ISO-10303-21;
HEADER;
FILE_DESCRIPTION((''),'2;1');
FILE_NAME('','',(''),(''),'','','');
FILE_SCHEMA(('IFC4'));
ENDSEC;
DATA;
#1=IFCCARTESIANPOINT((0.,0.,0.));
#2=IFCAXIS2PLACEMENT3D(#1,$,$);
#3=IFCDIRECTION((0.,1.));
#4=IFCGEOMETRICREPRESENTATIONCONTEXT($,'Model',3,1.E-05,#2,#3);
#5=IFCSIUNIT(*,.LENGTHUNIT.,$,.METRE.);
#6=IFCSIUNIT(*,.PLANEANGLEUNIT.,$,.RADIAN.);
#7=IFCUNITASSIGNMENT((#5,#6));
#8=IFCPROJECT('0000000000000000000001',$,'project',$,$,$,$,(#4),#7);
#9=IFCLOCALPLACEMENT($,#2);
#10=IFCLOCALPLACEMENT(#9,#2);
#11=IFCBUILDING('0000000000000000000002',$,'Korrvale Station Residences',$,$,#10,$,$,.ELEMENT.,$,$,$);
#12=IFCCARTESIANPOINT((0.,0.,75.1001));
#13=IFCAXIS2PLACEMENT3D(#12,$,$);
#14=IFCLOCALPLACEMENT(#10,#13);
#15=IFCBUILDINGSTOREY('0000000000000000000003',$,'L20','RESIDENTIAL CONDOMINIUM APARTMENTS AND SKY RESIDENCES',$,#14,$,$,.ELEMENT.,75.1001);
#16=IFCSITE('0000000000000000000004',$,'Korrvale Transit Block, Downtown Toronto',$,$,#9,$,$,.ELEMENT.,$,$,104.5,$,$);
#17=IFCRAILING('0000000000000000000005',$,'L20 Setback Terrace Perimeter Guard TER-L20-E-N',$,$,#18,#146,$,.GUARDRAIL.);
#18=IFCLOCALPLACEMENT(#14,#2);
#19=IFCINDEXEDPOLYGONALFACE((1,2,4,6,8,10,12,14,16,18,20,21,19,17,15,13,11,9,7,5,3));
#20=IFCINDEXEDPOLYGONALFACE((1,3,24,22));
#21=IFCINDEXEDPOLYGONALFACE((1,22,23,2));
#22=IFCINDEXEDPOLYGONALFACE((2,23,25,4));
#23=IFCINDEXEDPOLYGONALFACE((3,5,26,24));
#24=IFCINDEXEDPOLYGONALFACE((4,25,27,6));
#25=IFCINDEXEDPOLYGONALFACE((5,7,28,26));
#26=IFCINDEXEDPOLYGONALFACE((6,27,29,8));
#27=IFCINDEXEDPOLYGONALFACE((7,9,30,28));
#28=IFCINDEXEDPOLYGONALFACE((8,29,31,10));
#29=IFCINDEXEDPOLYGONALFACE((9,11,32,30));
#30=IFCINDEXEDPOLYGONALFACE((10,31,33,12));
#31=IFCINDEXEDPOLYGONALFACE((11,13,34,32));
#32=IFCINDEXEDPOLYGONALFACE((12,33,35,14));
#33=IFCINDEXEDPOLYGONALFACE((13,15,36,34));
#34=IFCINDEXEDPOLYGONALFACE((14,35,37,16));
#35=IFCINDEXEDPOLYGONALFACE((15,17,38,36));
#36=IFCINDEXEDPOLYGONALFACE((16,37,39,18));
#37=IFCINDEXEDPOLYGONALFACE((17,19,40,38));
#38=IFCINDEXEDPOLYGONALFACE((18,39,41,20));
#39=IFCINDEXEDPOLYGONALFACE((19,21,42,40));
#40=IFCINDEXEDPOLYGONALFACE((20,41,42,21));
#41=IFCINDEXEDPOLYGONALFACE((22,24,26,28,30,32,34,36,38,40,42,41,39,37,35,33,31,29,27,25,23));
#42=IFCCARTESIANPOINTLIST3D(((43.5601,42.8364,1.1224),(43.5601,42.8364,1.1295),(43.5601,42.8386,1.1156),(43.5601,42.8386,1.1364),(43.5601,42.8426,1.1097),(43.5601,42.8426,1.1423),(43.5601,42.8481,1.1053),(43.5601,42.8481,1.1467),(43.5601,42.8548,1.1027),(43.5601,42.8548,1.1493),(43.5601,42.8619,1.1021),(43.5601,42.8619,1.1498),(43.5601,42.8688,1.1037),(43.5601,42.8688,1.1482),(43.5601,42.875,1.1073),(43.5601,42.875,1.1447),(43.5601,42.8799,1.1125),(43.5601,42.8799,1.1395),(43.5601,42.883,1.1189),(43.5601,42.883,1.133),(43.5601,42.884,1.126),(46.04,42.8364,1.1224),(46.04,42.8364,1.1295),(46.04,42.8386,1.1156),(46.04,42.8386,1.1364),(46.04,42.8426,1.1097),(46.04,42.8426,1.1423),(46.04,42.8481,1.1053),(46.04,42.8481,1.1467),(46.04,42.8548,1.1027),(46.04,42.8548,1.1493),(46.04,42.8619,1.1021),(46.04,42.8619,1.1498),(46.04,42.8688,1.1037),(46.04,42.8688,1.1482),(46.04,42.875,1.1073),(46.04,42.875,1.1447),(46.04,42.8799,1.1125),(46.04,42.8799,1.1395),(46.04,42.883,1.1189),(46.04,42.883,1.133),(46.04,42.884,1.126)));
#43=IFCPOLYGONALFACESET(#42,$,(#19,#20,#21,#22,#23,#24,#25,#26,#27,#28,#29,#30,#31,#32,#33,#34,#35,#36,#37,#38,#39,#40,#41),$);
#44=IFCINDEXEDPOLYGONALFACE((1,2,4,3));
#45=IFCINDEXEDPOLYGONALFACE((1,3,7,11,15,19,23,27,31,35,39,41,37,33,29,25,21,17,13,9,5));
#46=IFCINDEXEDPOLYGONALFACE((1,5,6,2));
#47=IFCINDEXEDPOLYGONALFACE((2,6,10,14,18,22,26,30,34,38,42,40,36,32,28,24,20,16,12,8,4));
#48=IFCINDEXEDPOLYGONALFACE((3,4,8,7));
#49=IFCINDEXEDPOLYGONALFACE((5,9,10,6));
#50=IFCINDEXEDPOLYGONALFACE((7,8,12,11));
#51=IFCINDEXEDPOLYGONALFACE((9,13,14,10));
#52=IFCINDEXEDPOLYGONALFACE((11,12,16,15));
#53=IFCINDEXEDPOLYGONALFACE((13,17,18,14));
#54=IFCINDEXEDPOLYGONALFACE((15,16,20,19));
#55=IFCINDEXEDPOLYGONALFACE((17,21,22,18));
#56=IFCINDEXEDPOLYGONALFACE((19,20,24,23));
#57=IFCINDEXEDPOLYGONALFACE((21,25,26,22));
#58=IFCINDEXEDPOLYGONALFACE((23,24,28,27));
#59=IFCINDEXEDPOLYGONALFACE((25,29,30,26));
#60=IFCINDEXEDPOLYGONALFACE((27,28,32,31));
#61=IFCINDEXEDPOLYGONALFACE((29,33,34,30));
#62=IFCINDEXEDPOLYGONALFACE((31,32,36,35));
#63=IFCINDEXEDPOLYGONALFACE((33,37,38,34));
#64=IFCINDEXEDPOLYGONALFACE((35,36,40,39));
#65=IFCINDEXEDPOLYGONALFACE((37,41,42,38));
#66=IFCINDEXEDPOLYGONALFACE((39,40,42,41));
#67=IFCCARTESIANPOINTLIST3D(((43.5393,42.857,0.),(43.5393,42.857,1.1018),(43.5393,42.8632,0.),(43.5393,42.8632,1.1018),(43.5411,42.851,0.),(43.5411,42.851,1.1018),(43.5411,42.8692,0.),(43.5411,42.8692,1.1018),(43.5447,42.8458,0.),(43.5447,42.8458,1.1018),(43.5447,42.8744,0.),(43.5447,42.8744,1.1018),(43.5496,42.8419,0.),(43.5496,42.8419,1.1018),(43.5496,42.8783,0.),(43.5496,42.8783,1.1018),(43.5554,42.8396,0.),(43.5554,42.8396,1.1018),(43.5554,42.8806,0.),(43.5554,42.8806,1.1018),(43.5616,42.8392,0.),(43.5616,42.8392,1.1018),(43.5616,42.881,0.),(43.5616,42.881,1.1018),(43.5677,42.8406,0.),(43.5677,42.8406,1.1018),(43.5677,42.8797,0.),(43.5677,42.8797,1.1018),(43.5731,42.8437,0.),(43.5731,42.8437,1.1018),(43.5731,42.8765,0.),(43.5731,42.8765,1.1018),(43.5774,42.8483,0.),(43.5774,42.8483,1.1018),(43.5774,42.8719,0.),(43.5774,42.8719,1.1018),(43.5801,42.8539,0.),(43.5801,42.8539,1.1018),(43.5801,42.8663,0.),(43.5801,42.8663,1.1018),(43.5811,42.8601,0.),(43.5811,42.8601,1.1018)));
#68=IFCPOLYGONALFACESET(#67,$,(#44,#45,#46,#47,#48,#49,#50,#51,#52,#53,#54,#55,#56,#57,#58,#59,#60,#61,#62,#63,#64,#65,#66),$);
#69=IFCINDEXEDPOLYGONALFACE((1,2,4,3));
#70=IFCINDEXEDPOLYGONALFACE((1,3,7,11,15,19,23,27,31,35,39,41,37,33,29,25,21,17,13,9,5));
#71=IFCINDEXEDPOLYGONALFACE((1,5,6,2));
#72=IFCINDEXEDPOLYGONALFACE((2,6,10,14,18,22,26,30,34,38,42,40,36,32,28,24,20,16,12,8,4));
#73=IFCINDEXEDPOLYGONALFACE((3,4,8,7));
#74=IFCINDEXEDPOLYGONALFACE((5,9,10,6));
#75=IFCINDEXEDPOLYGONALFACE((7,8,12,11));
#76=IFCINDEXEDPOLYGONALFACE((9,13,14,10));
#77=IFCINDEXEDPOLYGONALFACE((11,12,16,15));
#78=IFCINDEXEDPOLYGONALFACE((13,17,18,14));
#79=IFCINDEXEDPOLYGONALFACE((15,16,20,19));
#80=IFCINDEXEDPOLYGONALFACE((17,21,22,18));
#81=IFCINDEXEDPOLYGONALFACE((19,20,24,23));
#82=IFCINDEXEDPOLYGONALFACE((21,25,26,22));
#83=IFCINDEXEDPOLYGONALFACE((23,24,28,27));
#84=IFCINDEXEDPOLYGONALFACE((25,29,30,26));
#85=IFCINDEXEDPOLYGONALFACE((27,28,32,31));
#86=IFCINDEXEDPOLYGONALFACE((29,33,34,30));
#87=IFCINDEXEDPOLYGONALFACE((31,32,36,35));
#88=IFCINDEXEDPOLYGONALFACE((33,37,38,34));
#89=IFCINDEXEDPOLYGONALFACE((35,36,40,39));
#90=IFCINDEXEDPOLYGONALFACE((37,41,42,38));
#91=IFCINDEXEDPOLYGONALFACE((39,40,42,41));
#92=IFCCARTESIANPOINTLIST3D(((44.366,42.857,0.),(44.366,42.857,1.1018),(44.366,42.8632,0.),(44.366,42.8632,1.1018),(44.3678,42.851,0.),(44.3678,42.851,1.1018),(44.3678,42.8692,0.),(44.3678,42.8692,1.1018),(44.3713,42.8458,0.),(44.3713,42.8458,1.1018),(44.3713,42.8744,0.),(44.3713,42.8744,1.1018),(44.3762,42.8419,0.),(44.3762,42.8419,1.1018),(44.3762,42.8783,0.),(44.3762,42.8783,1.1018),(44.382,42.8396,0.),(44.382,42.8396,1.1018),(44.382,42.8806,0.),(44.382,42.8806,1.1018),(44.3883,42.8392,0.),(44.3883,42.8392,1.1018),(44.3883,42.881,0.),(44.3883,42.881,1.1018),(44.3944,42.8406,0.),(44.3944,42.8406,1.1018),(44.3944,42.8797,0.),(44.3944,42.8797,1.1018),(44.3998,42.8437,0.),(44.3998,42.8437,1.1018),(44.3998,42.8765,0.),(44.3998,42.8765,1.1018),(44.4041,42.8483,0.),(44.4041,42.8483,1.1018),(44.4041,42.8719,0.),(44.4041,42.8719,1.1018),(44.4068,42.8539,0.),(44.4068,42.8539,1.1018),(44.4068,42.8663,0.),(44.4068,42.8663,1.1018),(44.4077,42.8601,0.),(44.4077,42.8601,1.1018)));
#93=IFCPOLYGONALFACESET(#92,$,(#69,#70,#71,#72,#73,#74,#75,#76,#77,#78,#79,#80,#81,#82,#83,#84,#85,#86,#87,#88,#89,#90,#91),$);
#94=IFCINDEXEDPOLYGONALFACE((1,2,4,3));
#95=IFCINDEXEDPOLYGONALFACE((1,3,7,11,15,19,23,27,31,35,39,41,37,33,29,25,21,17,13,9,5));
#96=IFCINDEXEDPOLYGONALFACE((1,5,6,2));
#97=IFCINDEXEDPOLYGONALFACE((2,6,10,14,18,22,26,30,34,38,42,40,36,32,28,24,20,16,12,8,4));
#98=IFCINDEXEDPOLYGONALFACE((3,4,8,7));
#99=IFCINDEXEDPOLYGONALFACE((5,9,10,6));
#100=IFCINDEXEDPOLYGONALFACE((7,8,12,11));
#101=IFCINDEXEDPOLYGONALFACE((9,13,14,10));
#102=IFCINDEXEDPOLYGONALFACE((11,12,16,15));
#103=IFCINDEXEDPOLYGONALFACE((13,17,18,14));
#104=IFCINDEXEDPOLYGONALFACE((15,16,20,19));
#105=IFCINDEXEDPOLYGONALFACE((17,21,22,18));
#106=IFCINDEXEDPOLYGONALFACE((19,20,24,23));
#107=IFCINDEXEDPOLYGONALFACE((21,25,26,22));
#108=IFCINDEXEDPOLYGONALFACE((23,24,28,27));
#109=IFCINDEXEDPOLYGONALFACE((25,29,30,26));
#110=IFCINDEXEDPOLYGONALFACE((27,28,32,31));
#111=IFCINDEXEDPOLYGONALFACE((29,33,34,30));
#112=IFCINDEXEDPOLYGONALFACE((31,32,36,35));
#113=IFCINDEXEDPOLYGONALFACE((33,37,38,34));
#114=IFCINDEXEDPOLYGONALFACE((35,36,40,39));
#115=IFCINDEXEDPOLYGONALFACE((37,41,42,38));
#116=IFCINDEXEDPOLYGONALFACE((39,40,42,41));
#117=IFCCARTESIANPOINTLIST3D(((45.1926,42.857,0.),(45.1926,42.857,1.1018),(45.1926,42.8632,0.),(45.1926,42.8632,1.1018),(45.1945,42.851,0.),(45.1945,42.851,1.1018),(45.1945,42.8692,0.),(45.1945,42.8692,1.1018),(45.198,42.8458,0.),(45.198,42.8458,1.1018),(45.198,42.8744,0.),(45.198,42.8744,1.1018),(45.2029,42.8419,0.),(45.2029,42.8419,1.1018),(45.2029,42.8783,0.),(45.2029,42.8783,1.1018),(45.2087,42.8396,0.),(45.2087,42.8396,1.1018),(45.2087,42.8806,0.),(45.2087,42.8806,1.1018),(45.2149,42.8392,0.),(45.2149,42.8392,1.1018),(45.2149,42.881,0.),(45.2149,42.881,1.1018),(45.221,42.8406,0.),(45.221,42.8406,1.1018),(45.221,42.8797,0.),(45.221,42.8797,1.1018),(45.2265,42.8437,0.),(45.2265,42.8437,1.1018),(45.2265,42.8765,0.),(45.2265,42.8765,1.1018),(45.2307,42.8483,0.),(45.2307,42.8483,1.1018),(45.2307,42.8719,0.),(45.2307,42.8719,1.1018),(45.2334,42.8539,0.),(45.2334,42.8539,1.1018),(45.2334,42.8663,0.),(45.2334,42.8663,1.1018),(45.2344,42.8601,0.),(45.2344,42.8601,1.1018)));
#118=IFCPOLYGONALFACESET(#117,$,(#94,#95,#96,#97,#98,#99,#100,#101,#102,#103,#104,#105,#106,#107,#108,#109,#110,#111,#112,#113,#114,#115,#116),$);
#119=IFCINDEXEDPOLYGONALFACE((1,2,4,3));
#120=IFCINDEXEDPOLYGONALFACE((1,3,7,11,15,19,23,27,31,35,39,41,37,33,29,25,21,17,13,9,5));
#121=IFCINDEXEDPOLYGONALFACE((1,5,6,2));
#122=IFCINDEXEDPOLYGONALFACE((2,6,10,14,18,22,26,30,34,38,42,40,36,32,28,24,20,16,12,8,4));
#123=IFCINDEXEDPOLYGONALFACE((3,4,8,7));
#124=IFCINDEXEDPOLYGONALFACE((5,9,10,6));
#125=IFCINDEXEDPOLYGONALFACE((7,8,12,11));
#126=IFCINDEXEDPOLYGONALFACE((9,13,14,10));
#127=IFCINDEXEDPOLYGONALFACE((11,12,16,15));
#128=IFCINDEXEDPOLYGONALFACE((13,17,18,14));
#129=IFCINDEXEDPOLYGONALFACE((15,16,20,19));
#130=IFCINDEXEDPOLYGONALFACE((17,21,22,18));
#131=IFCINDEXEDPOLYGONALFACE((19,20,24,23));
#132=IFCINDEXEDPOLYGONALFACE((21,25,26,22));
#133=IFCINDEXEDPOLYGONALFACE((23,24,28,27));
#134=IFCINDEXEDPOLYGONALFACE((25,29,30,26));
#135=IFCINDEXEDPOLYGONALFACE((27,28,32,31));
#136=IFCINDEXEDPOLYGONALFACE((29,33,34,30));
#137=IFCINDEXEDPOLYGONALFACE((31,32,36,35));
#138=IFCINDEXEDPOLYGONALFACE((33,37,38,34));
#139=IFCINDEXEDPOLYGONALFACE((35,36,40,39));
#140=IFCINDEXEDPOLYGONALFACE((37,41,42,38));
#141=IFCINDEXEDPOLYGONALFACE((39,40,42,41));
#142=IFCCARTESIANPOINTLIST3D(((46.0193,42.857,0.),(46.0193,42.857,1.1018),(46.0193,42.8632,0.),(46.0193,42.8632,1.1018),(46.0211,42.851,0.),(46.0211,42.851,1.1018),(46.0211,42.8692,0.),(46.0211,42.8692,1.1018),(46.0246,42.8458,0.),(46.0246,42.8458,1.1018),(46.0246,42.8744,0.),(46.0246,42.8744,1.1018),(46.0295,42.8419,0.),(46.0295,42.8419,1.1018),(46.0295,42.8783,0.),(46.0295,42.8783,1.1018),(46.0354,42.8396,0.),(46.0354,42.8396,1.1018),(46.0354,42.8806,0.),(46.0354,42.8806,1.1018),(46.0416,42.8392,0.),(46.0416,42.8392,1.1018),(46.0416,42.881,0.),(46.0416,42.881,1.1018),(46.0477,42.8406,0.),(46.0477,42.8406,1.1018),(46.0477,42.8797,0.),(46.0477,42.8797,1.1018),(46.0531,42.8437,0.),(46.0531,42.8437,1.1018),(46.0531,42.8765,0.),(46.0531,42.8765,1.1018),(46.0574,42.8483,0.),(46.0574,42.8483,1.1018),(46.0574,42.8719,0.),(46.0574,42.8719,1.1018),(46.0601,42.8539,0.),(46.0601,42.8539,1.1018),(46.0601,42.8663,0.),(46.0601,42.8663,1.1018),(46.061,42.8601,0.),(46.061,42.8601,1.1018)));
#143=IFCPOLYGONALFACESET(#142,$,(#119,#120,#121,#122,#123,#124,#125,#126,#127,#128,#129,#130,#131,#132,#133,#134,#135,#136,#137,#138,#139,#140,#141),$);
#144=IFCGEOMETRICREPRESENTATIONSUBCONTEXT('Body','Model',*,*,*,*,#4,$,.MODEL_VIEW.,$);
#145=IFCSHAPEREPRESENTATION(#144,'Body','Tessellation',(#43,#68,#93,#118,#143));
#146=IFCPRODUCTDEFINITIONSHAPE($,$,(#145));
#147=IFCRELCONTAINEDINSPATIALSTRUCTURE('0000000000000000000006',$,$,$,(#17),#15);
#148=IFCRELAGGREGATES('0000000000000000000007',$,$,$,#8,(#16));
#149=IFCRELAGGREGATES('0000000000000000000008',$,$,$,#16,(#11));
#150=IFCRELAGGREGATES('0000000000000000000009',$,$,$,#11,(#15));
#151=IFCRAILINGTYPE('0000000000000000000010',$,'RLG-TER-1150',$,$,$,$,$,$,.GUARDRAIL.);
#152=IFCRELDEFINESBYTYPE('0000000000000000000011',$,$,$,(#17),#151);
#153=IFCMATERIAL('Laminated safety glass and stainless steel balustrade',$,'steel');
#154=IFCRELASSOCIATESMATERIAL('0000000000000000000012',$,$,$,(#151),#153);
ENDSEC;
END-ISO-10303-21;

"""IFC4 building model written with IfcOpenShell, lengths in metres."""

from ifc_helpers import new_model, si_unit, direction, frame, origin, origin_2d, place, context, subcontext, project, spatial, circle, extrude, material, type_object, element, save


model = new_model("IFC4")

# Units and contexts
model_context = context("Model", 3, precision=1e-05, world=origin(), true_north=direction((0.0, 1.0)))
body_context = subcontext(model_context, "Body", "Model", "MODEL_VIEW")
ifc_project = project(units=[si_unit("LENGTHUNIT", "METRE"), si_unit("PLANEANGLEUNIT", "RADIAN")], contexts=[model_context])

# Site, building, storey
site_placement = place(None, origin())
site = spatial("IfcSite", under=ifc_project, at=site_placement, Name="Korrvale Transit Block, Downtown Toronto", CompositionType="ELEMENT", RefElevation=104.5)
building_placement = place(site_placement, origin())
building = spatial("IfcBuilding", under=site, at=building_placement, Name="Korrvale Station Residences", CompositionType="ELEMENT")
storey_placement = place(building_placement, frame((0.0, 0.0, 75.1001)))
storey = spatial("IfcBuildingStorey", under=building, at=storey_placement, Name="L20", Description="RESIDENTIAL CONDOMINIUM APARTMENTS AND SKY RESIDENCES", CompositionType="ELEMENT", Elevation=75.1001)

# Railing
ifc_material_1 = material(Name="Laminated safety glass and stainless steel balustrade", Category="steel")
railing_type = type_object("IfcRailingType", Name="RLG-TER-1150", PredefinedType="GUARDRAIL", material=ifc_material_1)
railing_1_placement = place(storey_placement, frame((43.5601, 42.8601, 0.0)))
element("IfcRailing", 1, at=railing_1_placement, inside=storey, type_object=railing_type, Name="L20 Setback Terrace Perimeter Guard TER-L20-E-N", PredefinedType="GUARDRAIL", context=body_context, shape_type="SweptSolid", body=[
    extrude(circle(Radius=0.0239, at=origin_2d()), frame((0.0, 0.0, 1.126), z_axis=(1.0, 0.0, 0.0), x_axis=(0.0, 1.0, 0.0)), (0.0, 0.0, 1.0), 2.48),
    extrude(circle(Radius=0.021, at=origin_2d()), origin(), (0.0, 0.0, 1.0), 1.1018),
    extrude(circle(Radius=0.021, at=origin_2d()), frame((0.8267, 0.0, 0.0)), (0.0, 0.0, 1.0), 1.1018),
    extrude(circle(Radius=0.021, at=origin_2d()), frame((1.6533, 0.0, 0.0)), (0.0, 0.0, 1.0), 1.1018),
    extrude(circle(Radius=0.021, at=origin_2d()), frame((2.48, 0.0, 0.0)), (0.0, 0.0, 1.0), 1.1018),
])

save(model, "model.ifc")
